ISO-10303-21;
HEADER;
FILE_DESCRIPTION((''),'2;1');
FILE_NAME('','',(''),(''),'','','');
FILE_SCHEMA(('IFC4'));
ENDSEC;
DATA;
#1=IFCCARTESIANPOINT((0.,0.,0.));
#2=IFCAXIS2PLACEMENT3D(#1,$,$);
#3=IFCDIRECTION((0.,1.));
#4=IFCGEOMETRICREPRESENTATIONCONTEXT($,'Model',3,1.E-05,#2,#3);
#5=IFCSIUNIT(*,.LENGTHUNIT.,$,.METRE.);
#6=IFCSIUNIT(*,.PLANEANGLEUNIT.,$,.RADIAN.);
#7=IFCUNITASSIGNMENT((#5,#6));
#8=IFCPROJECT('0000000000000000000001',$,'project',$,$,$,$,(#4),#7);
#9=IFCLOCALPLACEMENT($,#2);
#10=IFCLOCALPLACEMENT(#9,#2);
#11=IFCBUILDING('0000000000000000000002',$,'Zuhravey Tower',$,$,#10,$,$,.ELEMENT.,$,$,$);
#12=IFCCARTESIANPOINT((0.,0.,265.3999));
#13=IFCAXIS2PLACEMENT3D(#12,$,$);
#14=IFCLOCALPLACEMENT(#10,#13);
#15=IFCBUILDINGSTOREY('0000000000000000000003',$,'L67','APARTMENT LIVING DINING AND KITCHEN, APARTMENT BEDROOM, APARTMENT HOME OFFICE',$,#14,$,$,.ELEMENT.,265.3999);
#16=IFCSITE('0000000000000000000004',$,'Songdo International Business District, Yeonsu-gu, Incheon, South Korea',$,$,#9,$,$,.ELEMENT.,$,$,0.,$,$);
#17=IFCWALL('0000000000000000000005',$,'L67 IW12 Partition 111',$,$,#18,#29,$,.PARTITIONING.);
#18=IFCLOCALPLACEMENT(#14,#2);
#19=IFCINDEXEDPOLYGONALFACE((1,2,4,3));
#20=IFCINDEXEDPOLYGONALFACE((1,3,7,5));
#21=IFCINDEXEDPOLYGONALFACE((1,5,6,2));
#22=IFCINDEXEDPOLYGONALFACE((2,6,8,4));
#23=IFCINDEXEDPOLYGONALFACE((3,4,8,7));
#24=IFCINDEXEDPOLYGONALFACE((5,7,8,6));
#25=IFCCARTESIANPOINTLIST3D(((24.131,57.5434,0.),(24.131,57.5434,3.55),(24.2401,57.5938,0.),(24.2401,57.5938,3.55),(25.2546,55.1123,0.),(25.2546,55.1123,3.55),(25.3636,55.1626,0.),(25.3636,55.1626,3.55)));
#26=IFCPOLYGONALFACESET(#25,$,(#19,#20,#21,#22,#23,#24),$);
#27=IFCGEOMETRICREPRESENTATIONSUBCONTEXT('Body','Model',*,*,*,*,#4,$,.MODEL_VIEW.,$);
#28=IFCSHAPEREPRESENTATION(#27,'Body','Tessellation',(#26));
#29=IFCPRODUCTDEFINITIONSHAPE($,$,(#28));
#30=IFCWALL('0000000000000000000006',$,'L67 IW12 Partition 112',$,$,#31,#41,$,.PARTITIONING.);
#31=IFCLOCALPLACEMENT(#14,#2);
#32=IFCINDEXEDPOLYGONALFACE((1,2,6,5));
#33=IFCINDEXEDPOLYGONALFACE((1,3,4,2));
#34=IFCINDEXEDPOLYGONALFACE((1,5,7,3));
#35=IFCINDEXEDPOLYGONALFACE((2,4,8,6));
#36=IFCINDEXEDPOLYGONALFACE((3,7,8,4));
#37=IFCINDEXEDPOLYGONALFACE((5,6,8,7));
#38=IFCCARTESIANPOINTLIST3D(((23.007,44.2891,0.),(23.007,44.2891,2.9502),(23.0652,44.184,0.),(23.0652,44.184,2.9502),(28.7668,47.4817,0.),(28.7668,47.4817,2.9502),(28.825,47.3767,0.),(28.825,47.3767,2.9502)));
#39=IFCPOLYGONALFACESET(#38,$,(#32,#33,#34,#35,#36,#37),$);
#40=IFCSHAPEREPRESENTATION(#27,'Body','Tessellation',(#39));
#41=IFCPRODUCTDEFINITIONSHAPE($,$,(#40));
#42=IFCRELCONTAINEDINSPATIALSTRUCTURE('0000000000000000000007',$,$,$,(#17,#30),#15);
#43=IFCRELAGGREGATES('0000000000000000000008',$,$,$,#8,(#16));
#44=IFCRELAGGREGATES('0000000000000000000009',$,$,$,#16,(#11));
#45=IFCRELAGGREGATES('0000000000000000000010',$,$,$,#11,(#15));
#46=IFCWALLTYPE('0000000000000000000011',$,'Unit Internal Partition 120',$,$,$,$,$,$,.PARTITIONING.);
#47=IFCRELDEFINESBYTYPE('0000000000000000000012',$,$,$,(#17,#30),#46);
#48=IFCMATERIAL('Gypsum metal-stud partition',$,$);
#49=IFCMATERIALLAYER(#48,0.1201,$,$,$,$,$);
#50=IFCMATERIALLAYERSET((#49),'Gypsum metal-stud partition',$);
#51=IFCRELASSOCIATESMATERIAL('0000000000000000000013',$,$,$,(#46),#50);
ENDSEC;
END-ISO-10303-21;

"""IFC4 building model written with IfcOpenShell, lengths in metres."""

from ifc_helpers import new_model, si_unit, direction, frame, frame_2d, origin, place, context, subcontext, project, spatial, rectangle, extrude, material, layer, layer_set, type_object, element, save


model = new_model("IFC4")

# Units and contexts
model_context = context("Model", 3, precision=1e-05, world=origin(), true_north=direction((0.0, 1.0)))
body_context = subcontext(model_context, "Body", "Model", "MODEL_VIEW")
ifc_project = project(units=[si_unit("LENGTHUNIT", "METRE"), si_unit("PLANEANGLEUNIT", "RADIAN")], contexts=[model_context])

# Site, building, storey
site_placement = place(None, origin())
site = spatial("IfcSite", under=ifc_project, at=site_placement, Name="Songdo International Business District, Yeonsu-gu, Incheon, South Korea", CompositionType="ELEMENT", RefElevation=0.0)
building_placement = place(site_placement, origin())
building = spatial("IfcBuilding", under=site, at=building_placement, Name="Zuhravey Tower", CompositionType="ELEMENT")
storey_placement = place(building_placement, frame((0.0, 0.0, 265.3999)))
storey = spatial("IfcBuildingStorey", under=building, at=storey_placement, Name="L67", Description="APARTMENT LIVING DINING AND KITCHEN, APARTMENT BEDROOM, APARTMENT HOME OFFICE", CompositionType="ELEMENT", Elevation=265.3999)

# Shared definitions
ifc_material_1 = material(Name="Gypsum metal-stud partition")
ifc_layer_1 = layer(ifc_material_1, 0.1201)
ifc_layer_set_1 = layer_set([ifc_layer_1], Name="Gypsum metal-stud partition")
wall_type_1 = type_object("IfcWallType", Name="Unit Internal Partition 120", PredefinedType="PARTITIONING", material=ifc_layer_set_1)

# Walls
wall_1_placement = place(storey_placement, frame((25.3091, 55.1375, 0.0), z_axis=(0.0, 0.0, 1.0), x_axis=(-0.419509, 0.907751, 0.0)))
element("IfcWall", 1, at=wall_1_placement, inside=storey, type_object=wall_type_1, Name="L67 IW12 Partition 111", PredefinedType="PARTITIONING", context=body_context, shape_type="SweptSolid", body=[
    extrude(rectangle(XDim=2.6782, YDim=0.1201, at=frame_2d((1.3391, 0.0))), origin(), (0.0, 0.0, 1.0), 3.55),
])
wall_2_placement = place(storey_placement, frame((28.7959, 47.4292, 0.0), z_axis=(0.0, 0.0, 1.0), x_axis=(-0.874624, -0.484802, 0.0)))
element("IfcWall", 2, at=wall_2_placement, inside=storey, type_object=wall_type_1, Name="L67 IW12 Partition 112", PredefinedType="PARTITIONING", context=body_context, shape_type="SweptSolid", body=[
    extrude(rectangle(XDim=6.5854, YDim=0.1201, at=frame_2d((3.2927, 0.0))), origin(), (0.0, 0.0, 1.0), 2.9502),
])

save(model, "model.ifc")
